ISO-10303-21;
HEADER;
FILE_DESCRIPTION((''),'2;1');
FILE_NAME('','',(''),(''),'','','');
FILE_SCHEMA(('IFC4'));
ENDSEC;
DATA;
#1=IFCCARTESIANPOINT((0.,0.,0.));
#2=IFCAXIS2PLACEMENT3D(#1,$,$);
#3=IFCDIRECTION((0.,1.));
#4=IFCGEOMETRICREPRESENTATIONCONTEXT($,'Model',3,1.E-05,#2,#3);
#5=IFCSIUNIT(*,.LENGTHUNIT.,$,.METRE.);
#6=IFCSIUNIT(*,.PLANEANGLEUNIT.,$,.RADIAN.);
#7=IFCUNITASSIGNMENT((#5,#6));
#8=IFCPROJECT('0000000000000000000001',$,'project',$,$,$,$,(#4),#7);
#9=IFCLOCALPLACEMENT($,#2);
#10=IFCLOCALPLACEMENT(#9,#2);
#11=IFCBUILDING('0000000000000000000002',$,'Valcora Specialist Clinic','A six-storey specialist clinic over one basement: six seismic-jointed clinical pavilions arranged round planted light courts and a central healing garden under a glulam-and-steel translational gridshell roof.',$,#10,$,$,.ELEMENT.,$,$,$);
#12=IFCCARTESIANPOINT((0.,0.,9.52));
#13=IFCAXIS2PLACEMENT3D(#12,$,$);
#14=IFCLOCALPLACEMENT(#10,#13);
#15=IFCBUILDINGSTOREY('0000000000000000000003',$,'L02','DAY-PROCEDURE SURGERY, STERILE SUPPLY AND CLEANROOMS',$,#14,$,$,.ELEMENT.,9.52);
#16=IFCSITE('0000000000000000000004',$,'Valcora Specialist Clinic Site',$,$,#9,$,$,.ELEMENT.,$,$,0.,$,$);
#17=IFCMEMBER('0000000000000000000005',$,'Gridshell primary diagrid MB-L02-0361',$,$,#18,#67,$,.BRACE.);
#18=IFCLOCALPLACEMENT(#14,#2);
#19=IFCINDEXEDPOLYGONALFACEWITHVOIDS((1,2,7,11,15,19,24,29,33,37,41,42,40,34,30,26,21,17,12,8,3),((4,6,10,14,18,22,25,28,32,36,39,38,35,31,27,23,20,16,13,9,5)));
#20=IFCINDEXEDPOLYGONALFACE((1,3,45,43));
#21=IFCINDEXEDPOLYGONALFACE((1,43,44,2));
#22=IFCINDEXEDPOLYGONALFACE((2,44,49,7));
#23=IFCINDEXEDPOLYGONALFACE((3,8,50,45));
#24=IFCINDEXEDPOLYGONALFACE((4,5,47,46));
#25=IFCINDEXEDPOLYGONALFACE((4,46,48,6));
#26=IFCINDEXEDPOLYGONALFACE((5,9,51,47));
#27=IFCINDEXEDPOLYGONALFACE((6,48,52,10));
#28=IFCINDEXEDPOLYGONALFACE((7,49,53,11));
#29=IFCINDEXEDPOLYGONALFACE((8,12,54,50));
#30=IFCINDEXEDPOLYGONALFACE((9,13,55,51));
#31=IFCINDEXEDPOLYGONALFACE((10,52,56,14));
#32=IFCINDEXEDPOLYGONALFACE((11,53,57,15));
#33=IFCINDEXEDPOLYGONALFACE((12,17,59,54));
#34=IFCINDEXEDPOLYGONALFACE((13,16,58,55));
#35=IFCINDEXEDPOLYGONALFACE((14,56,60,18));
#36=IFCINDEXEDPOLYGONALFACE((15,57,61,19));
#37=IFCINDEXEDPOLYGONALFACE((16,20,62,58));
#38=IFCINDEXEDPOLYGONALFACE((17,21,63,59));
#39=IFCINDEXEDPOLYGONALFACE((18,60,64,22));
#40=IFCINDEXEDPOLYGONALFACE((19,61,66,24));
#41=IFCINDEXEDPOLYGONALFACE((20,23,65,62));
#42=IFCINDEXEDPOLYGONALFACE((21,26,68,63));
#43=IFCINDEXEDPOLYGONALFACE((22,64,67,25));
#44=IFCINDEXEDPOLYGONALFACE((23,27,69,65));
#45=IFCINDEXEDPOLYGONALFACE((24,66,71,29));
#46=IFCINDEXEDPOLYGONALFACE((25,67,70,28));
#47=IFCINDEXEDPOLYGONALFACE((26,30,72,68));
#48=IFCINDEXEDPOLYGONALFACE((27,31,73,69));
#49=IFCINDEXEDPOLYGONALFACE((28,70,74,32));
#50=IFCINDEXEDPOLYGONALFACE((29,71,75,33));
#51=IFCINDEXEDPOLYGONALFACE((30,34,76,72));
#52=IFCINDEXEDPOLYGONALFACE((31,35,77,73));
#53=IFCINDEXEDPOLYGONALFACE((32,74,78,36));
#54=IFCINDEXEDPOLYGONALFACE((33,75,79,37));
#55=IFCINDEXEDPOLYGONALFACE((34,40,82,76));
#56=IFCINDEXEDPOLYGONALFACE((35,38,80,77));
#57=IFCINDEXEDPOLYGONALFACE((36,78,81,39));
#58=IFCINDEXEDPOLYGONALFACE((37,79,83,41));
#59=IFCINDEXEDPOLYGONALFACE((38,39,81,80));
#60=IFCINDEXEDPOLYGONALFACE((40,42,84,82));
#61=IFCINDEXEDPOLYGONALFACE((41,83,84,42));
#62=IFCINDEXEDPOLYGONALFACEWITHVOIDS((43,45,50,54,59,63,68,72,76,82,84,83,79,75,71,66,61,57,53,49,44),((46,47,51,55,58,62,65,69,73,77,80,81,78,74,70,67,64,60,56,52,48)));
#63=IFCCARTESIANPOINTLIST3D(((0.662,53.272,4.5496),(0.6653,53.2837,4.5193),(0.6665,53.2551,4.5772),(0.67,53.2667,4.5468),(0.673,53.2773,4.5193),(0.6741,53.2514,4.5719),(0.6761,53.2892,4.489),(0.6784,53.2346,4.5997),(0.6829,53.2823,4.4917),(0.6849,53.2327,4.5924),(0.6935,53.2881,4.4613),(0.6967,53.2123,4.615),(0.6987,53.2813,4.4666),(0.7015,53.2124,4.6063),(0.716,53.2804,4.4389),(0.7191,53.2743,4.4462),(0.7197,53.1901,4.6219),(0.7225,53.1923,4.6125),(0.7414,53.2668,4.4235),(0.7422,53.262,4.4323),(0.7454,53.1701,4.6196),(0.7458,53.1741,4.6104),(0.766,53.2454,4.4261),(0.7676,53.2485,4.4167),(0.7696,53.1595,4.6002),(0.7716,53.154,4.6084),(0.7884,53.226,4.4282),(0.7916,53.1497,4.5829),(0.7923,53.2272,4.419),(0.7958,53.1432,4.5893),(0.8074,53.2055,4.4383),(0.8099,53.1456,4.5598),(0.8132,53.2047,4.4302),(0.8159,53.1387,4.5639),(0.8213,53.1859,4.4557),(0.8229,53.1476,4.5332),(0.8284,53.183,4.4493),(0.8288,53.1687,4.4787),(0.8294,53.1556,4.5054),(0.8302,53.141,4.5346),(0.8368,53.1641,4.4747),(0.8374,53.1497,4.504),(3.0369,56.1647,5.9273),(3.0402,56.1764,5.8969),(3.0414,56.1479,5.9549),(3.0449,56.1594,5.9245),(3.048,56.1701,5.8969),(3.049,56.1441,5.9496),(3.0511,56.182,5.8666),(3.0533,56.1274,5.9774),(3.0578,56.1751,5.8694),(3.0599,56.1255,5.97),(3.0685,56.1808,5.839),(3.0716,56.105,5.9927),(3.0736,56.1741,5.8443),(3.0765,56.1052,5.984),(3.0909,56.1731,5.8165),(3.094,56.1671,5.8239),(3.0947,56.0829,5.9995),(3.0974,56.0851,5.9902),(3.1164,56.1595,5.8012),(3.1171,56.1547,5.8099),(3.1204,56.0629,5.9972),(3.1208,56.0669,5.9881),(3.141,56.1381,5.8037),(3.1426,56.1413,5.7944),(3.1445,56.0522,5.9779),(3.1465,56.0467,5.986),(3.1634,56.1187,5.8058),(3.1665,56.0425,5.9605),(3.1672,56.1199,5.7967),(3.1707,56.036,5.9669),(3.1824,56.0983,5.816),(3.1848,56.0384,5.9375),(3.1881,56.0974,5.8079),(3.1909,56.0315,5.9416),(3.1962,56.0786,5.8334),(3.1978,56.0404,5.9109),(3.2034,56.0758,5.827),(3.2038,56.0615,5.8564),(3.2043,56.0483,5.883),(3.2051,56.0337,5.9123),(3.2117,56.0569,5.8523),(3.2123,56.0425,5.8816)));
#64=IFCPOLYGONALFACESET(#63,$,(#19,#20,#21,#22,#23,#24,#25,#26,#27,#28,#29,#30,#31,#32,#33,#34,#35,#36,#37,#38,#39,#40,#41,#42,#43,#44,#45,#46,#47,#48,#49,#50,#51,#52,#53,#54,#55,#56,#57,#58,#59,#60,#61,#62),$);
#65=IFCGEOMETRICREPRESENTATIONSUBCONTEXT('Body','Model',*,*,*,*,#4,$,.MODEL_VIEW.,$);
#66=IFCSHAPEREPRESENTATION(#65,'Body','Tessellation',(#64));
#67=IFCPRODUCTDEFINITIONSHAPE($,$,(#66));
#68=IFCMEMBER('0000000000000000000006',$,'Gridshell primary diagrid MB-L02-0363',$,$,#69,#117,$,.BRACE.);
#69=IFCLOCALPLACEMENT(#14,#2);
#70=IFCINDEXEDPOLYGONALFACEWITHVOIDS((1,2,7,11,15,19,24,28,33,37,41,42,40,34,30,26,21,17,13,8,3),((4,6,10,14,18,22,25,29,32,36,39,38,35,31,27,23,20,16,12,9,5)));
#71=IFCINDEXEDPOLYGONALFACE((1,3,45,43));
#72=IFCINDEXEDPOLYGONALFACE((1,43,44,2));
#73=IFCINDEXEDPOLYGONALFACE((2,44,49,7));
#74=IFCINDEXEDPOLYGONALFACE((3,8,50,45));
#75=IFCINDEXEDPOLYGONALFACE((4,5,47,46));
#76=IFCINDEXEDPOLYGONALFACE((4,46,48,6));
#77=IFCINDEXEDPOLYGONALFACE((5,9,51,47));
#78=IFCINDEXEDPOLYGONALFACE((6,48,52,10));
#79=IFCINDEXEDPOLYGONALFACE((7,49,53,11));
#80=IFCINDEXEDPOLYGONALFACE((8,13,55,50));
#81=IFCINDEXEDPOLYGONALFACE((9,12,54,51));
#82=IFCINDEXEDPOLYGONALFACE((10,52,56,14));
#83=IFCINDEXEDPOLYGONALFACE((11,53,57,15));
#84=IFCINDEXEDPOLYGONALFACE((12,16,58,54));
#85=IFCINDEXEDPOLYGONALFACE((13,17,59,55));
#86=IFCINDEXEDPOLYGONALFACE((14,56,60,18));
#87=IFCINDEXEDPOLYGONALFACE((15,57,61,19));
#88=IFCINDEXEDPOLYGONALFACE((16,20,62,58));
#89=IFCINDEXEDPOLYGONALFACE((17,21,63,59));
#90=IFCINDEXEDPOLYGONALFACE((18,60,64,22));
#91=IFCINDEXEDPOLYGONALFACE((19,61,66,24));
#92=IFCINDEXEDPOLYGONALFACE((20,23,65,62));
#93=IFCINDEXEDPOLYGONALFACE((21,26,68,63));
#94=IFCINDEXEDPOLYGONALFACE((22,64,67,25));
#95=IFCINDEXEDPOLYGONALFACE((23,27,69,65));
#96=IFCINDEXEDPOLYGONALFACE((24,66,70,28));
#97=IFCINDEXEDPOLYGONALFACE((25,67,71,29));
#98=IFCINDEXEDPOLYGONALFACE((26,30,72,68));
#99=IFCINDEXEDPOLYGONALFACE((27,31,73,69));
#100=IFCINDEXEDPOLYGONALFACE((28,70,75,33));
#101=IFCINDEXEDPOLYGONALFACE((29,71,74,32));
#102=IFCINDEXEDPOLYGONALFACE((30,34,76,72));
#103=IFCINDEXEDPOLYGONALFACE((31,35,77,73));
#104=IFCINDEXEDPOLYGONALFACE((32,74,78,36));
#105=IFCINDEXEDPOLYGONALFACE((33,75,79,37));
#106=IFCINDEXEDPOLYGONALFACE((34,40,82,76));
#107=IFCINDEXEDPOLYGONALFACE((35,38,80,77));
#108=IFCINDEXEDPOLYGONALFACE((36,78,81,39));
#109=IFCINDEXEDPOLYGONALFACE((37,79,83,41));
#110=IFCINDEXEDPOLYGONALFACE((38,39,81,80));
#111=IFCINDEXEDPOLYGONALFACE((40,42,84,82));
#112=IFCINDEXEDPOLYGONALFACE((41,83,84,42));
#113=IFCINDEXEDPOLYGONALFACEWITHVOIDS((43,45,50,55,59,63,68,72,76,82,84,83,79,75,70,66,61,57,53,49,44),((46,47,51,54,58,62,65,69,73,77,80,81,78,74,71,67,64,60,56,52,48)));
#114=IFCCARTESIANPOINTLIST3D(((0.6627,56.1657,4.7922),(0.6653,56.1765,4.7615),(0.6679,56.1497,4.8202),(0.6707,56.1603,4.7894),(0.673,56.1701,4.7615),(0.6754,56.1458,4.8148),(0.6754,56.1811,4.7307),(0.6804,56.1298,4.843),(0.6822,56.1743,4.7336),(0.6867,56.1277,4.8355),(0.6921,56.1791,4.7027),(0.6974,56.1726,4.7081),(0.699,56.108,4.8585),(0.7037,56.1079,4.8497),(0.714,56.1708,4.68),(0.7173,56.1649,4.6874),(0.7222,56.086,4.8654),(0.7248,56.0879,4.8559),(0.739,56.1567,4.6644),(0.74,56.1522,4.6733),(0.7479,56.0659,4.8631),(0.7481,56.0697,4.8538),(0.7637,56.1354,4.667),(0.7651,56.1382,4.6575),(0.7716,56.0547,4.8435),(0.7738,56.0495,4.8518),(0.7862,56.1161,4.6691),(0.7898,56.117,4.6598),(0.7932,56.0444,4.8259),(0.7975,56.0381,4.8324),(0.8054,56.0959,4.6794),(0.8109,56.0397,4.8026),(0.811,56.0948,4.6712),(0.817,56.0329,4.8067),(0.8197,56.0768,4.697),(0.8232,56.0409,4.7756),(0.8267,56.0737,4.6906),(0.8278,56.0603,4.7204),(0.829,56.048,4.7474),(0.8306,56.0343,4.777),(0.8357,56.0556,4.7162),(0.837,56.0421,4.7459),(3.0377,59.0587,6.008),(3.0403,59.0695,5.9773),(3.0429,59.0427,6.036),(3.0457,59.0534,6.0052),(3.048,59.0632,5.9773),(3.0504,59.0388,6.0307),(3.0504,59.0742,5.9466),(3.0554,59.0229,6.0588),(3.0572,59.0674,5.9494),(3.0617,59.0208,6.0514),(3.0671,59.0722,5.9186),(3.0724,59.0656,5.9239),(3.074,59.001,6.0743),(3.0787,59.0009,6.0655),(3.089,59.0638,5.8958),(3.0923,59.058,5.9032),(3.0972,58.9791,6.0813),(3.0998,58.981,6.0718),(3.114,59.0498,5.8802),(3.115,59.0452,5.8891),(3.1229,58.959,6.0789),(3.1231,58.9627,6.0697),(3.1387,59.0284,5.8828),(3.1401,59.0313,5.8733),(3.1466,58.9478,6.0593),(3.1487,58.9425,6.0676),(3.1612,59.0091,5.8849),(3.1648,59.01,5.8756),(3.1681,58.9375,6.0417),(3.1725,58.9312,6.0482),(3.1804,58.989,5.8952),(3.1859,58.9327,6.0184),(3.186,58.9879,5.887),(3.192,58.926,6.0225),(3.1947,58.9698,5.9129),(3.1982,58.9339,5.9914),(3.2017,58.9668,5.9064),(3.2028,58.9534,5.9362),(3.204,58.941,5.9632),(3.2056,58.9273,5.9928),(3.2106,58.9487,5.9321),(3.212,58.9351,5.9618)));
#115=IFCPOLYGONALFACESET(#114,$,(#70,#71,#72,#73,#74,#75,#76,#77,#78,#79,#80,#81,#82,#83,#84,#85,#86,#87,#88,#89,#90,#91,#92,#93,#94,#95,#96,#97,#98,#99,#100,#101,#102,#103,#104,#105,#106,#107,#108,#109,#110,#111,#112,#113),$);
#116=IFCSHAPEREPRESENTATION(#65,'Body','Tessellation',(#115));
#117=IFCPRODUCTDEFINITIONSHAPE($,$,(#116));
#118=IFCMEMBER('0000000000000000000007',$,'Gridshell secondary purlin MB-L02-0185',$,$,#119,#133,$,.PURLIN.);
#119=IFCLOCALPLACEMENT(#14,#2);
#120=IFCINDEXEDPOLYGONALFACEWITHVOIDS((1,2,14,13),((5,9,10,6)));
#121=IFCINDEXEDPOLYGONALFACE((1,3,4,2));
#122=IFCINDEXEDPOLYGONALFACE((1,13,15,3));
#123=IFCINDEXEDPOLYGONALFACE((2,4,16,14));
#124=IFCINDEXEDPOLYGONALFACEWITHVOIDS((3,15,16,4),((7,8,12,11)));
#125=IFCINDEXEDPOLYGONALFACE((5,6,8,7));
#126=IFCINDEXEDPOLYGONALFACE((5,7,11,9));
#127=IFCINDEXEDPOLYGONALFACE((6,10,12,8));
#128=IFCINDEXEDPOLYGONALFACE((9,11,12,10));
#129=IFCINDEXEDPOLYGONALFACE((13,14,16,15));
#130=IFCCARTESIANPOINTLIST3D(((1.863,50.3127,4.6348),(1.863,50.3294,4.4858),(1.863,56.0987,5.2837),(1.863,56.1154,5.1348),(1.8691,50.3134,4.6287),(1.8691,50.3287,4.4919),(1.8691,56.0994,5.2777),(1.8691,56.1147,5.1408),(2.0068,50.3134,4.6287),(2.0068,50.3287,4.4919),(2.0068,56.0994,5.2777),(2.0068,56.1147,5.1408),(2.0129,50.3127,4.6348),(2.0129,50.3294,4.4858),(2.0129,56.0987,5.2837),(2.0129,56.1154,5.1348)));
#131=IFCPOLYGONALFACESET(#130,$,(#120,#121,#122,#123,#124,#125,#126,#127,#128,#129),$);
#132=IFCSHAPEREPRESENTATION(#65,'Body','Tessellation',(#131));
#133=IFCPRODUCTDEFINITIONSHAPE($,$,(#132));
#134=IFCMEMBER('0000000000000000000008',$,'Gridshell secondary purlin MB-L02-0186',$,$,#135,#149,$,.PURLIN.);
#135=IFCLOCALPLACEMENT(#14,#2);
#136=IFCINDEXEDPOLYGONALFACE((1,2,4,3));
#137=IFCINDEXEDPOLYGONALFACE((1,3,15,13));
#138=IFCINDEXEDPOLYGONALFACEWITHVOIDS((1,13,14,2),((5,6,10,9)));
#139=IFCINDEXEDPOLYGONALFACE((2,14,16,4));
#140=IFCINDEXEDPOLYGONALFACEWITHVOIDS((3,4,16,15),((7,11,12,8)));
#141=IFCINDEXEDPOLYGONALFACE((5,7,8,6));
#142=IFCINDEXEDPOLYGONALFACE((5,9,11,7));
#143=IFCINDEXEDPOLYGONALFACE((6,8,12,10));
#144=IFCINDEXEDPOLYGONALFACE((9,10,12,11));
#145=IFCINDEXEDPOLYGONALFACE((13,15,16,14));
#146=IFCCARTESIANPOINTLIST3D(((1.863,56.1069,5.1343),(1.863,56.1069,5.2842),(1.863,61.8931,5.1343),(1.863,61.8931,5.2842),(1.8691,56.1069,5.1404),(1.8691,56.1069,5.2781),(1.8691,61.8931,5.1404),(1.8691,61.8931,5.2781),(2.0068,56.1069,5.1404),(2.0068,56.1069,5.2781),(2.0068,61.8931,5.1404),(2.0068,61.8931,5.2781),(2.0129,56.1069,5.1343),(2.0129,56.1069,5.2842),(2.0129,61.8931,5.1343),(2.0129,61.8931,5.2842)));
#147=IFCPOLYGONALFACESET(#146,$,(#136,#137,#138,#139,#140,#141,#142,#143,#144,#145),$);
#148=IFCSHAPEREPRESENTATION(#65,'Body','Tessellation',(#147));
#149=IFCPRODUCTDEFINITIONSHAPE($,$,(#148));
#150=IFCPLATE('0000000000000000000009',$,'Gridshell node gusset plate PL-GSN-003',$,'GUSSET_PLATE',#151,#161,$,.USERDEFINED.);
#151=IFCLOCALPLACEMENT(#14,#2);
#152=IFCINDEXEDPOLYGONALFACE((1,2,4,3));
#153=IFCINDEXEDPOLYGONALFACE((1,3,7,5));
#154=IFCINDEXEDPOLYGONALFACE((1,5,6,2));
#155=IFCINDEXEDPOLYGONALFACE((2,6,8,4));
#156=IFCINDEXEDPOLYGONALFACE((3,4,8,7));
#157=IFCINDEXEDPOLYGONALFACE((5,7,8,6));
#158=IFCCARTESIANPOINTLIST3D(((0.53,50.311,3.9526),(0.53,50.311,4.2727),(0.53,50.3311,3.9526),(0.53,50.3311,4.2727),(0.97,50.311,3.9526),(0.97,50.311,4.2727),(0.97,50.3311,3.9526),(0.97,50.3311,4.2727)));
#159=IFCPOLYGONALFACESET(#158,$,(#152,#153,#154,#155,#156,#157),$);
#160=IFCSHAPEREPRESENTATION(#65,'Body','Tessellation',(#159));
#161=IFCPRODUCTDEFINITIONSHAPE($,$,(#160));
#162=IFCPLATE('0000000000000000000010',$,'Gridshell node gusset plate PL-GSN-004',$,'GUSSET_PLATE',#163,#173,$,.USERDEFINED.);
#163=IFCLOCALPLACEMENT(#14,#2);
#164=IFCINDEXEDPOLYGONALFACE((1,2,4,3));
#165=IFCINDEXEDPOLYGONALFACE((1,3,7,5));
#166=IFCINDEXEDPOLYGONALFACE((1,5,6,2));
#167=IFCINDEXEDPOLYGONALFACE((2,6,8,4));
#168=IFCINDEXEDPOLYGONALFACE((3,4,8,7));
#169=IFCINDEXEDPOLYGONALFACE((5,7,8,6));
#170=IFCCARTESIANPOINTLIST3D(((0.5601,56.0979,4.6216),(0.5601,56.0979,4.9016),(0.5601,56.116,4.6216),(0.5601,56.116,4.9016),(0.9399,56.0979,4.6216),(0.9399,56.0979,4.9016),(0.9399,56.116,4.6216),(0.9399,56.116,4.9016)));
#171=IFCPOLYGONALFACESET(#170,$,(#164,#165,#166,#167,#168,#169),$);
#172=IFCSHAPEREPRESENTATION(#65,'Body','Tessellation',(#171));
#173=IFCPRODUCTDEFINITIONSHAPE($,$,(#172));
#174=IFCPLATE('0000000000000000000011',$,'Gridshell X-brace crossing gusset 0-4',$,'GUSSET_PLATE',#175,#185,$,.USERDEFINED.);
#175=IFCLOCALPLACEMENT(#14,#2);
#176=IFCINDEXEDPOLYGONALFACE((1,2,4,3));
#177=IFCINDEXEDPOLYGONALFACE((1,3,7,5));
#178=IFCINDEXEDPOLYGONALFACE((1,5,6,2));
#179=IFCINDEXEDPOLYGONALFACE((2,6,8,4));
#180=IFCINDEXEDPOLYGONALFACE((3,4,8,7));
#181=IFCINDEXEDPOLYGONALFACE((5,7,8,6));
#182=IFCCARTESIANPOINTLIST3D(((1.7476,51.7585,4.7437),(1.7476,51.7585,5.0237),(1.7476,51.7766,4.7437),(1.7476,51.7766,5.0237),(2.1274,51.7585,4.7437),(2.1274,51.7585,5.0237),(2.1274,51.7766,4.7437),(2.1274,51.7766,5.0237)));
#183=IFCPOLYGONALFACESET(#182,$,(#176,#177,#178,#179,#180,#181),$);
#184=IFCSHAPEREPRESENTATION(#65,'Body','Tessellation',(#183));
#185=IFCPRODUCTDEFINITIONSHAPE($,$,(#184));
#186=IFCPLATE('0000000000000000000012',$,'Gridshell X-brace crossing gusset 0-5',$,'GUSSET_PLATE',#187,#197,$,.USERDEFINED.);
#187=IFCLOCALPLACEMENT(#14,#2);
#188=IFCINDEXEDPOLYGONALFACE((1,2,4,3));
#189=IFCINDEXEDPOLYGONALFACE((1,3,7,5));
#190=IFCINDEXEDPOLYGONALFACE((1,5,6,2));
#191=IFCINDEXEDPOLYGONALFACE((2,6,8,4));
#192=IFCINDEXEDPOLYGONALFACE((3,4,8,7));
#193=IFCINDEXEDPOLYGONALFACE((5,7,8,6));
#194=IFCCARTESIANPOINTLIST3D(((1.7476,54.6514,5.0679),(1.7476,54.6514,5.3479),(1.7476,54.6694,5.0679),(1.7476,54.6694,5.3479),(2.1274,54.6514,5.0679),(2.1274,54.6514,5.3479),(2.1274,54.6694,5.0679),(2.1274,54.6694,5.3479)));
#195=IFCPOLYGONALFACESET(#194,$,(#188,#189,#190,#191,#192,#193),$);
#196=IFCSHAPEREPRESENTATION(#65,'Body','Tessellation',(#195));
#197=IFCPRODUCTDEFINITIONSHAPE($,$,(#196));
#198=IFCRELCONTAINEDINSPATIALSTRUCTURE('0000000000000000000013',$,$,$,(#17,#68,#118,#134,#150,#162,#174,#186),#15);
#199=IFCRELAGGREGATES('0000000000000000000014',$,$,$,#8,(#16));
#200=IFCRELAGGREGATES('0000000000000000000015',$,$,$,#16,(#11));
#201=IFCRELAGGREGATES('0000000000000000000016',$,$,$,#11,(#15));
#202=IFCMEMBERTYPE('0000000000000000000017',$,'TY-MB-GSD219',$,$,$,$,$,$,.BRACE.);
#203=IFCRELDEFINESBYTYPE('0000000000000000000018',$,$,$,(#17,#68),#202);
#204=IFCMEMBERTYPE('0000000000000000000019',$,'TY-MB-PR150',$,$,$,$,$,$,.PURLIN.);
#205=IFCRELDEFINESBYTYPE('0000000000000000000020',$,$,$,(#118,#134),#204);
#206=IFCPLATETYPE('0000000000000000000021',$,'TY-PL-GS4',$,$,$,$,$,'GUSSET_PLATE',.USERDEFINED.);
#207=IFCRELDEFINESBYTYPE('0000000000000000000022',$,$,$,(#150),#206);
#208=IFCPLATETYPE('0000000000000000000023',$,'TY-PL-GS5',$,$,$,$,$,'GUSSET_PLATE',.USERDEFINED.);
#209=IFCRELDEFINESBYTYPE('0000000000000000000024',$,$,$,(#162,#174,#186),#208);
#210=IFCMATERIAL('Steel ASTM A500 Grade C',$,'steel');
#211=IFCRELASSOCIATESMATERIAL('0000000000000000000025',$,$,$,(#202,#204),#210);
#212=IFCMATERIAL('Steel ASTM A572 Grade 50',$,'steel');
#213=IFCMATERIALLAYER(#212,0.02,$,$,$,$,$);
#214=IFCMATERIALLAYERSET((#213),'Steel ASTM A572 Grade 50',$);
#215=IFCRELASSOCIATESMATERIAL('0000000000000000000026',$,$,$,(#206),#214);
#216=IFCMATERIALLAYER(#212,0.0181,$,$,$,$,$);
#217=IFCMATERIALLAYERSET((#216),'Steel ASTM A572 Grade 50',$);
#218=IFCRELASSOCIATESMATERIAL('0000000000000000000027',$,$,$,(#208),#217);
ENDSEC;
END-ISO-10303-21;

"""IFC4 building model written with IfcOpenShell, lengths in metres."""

from ifc_helpers import new_model, si_unit, direction, frame, origin, origin_2d, place, context, subcontext, project, spatial, rectangle, hollow_rectangle, hollow_circle, extrude, material, layer, layer_set, material_profile, profile_set, type_object, element, save


model = new_model("IFC4")

# Units and contexts
model_context = context("Model", 3, precision=1e-05, world=origin(), true_north=direction((0.0, 1.0)))
body_context = subcontext(model_context, "Body", "Model", "MODEL_VIEW")
ifc_project = project(units=[si_unit("LENGTHUNIT", "METRE"), si_unit("PLANEANGLEUNIT", "RADIAN")], contexts=[model_context])

# Site, building, storey
site_placement = place(None, origin())
site = spatial("IfcSite", under=ifc_project, at=site_placement, Name="Valcora Specialist Clinic Site", CompositionType="ELEMENT", RefElevation=0.0)
building_placement = place(site_placement, origin())
building = spatial("IfcBuilding", under=site, at=building_placement, Name="Valcora Specialist Clinic", Description="A six-storey specialist clinic over one basement: six seismic-jointed clinical pavilions arranged round planted light courts and a central healing garden under a glulam-and-steel translational gridshell roof.", CompositionType="ELEMENT")
storey_placement = place(building_placement, frame((0.0, 0.0, 9.52)))
storey = spatial("IfcBuildingStorey", under=building, at=storey_placement, Name="L02", Description="DAY-PROCEDURE SURGERY, STERILE SUPPLY AND CLEANROOMS", CompositionType="ELEMENT", Elevation=9.52)

# Members
ifc_material_1 = material(Name="Steel ASTM A500 Grade C", Category="steel")
ifc_material_profile_1 = material_profile(ifc_material_1, hollow_circle(Radius=0.1096, WallThickness=0.01, at=origin_2d()), Name="ST-CHS-219X10")
ifc_profile_set_1 = profile_set([ifc_material_profile_1], Name="Steel ASTM A500 Grade C")
member_type_1 = type_object("IfcMemberType", Name="TY-MB-GSD219", PredefinedType="BRACE", material=ifc_profile_set_1)
member_1_placement = place(storey_placement, frame((0.75, 53.2141, 4.5193), z_axis=(0.595482, 0.725315, 0.345426), x_axis=(-0.77289, 0.63454, 0.0)))
element("IfcMember", 1, at=member_1_placement, inside=storey, type_object=member_type_1, Name="Gridshell primary diagrid MB-L02-0361", PredefinedType="BRACE", context=body_context, shape_type="SweptSolid", body=[
    extrude(hollow_circle(Radius=0.1096, WallThickness=0.01, at=origin_2d()), origin(), (0.0, 0.0, 1.0), 3.9883),
])
member_2_placement = place(storey_placement, frame((0.75, 56.1069, 4.7615), z_axis=(0.603471, 0.735108, 0.308932), x_axis=(-0.772916, 0.634508, 0.0)))
element("IfcMember", 2, at=member_2_placement, inside=storey, type_object=member_type_1, Name="Gridshell primary diagrid MB-L02-0363", PredefinedType="BRACE", context=body_context, shape_type="SweptSolid", body=[
    extrude(hollow_circle(Radius=0.1096, WallThickness=0.01, at=origin_2d()), origin(), (0.0, 0.0, 1.0), 3.9355),
])
ifc_material_profile_2 = material_profile(ifc_material_1, hollow_rectangle(XDim=0.1499, YDim=0.1499, WallThickness=0.0061, at=origin_2d()), Name="ST-RHS-150X150X6")
ifc_profile_set_2 = profile_set([ifc_material_profile_2], Name="Steel ASTM A500 Grade C")
member_type_2 = type_object("IfcMemberType", Name="TY-MB-PR150", PredefinedType="PURLIN", material=ifc_profile_set_2)
member_3_placement = place(storey_placement, frame((1.938, 50.321, 4.5603), z_axis=(0.0, 0.993769, 0.111458), x_axis=(-1.0, 0.0, 0.0)))
element("IfcMember", 3, at=member_3_placement, inside=storey, type_object=member_type_2, Name="Gridshell secondary purlin MB-L02-0185", PredefinedType="PURLIN", context=body_context, shape_type="SweptSolid", body=[
    extrude(hollow_rectangle(XDim=0.1499, YDim=0.1499, WallThickness=0.0061, at=origin_2d()), origin(), (0.0, 0.0, 1.0), 5.8223),
])
member_4_placement = place(storey_placement, frame((1.938, 56.1069, 5.2092), z_axis=(0.0, 1.0, 0.0), x_axis=(-1.0, 0.0, 0.0)))
element("IfcMember", 4, at=member_4_placement, inside=storey, type_object=member_type_2, Name="Gridshell secondary purlin MB-L02-0186", PredefinedType="PURLIN", context=body_context, shape_type="SweptSolid", body=[
    extrude(hollow_rectangle(XDim=0.1499, YDim=0.1499, WallThickness=0.0061, at=origin_2d()), origin(), (0.0, 0.0, 1.0), 5.7861),
])

# Plates
ifc_material_2 = material(Name="Steel ASTM A572 Grade 50", Category="steel")
ifc_layer_1 = layer(ifc_material_2, 0.02)
ifc_layer_set_1 = layer_set([ifc_layer_1], Name="Steel ASTM A572 Grade 50")
plate_type_1 = type_object("IfcPlateType", Name="TY-PL-GS4", ElementType="GUSSET_PLATE", PredefinedType="USERDEFINED", material=ifc_layer_set_1)
plate_placement = place(storey_placement, frame((0.75, 50.321, 3.9526), z_axis=(0.0, 0.0, 1.0), x_axis=(1.0, 0.0, 0.0)))
element("IfcPlate", 5, at=plate_placement, inside=storey, type_object=plate_type_1, Name="Gridshell node gusset plate PL-GSN-003", ObjectType="GUSSET_PLATE", PredefinedType="USERDEFINED", context=body_context, shape_type="SweptSolid", body=[
    extrude(rectangle(XDim=0.4399, YDim=0.02, at=origin_2d()), origin(), (0.0, 0.0, 1.0), 0.3201),
])
ifc_layer_2 = layer(ifc_material_2, 0.0181)
ifc_layer_set_2 = layer_set([ifc_layer_2], Name="Steel ASTM A572 Grade 50")
plate_type_2 = type_object("IfcPlateType", Name="TY-PL-GS5", ElementType="GUSSET_PLATE", PredefinedType="USERDEFINED", material=ifc_layer_set_2)
for number, where, z_axis, x_axis, name in (
    (6, (0.75, 56.1069, 4.6216), (0.0, 0.0, 1.0), (1.0, 0.0, 0.0), "Gridshell node gusset plate PL-GSN-004"),
    (7, (1.9375, 51.7676, 4.7437), (0.0, 0.0, 1.0), (1.0, 0.0, 0.0), "Gridshell X-brace crossing gusset 0-4"),
    (8, (1.9375, 54.6604, 5.0679), (0.0, 0.0, 1.0), (1.0, 0.0, 0.0), "Gridshell X-brace crossing gusset 0-5"),
):
    element("IfcPlate", number, at=place(storey_placement, frame(where, z_axis=z_axis, x_axis=x_axis)), inside=storey, type_object=plate_type_2, Name=name, ObjectType="GUSSET_PLATE", PredefinedType="USERDEFINED", context=body_context, shape_type="SweptSolid", body=[
        extrude(rectangle(XDim=0.3799, YDim=0.0181, at=origin_2d()), origin(), (0.0, 0.0, 1.0), 0.28),
    ])

save(model, "model.ifc")
